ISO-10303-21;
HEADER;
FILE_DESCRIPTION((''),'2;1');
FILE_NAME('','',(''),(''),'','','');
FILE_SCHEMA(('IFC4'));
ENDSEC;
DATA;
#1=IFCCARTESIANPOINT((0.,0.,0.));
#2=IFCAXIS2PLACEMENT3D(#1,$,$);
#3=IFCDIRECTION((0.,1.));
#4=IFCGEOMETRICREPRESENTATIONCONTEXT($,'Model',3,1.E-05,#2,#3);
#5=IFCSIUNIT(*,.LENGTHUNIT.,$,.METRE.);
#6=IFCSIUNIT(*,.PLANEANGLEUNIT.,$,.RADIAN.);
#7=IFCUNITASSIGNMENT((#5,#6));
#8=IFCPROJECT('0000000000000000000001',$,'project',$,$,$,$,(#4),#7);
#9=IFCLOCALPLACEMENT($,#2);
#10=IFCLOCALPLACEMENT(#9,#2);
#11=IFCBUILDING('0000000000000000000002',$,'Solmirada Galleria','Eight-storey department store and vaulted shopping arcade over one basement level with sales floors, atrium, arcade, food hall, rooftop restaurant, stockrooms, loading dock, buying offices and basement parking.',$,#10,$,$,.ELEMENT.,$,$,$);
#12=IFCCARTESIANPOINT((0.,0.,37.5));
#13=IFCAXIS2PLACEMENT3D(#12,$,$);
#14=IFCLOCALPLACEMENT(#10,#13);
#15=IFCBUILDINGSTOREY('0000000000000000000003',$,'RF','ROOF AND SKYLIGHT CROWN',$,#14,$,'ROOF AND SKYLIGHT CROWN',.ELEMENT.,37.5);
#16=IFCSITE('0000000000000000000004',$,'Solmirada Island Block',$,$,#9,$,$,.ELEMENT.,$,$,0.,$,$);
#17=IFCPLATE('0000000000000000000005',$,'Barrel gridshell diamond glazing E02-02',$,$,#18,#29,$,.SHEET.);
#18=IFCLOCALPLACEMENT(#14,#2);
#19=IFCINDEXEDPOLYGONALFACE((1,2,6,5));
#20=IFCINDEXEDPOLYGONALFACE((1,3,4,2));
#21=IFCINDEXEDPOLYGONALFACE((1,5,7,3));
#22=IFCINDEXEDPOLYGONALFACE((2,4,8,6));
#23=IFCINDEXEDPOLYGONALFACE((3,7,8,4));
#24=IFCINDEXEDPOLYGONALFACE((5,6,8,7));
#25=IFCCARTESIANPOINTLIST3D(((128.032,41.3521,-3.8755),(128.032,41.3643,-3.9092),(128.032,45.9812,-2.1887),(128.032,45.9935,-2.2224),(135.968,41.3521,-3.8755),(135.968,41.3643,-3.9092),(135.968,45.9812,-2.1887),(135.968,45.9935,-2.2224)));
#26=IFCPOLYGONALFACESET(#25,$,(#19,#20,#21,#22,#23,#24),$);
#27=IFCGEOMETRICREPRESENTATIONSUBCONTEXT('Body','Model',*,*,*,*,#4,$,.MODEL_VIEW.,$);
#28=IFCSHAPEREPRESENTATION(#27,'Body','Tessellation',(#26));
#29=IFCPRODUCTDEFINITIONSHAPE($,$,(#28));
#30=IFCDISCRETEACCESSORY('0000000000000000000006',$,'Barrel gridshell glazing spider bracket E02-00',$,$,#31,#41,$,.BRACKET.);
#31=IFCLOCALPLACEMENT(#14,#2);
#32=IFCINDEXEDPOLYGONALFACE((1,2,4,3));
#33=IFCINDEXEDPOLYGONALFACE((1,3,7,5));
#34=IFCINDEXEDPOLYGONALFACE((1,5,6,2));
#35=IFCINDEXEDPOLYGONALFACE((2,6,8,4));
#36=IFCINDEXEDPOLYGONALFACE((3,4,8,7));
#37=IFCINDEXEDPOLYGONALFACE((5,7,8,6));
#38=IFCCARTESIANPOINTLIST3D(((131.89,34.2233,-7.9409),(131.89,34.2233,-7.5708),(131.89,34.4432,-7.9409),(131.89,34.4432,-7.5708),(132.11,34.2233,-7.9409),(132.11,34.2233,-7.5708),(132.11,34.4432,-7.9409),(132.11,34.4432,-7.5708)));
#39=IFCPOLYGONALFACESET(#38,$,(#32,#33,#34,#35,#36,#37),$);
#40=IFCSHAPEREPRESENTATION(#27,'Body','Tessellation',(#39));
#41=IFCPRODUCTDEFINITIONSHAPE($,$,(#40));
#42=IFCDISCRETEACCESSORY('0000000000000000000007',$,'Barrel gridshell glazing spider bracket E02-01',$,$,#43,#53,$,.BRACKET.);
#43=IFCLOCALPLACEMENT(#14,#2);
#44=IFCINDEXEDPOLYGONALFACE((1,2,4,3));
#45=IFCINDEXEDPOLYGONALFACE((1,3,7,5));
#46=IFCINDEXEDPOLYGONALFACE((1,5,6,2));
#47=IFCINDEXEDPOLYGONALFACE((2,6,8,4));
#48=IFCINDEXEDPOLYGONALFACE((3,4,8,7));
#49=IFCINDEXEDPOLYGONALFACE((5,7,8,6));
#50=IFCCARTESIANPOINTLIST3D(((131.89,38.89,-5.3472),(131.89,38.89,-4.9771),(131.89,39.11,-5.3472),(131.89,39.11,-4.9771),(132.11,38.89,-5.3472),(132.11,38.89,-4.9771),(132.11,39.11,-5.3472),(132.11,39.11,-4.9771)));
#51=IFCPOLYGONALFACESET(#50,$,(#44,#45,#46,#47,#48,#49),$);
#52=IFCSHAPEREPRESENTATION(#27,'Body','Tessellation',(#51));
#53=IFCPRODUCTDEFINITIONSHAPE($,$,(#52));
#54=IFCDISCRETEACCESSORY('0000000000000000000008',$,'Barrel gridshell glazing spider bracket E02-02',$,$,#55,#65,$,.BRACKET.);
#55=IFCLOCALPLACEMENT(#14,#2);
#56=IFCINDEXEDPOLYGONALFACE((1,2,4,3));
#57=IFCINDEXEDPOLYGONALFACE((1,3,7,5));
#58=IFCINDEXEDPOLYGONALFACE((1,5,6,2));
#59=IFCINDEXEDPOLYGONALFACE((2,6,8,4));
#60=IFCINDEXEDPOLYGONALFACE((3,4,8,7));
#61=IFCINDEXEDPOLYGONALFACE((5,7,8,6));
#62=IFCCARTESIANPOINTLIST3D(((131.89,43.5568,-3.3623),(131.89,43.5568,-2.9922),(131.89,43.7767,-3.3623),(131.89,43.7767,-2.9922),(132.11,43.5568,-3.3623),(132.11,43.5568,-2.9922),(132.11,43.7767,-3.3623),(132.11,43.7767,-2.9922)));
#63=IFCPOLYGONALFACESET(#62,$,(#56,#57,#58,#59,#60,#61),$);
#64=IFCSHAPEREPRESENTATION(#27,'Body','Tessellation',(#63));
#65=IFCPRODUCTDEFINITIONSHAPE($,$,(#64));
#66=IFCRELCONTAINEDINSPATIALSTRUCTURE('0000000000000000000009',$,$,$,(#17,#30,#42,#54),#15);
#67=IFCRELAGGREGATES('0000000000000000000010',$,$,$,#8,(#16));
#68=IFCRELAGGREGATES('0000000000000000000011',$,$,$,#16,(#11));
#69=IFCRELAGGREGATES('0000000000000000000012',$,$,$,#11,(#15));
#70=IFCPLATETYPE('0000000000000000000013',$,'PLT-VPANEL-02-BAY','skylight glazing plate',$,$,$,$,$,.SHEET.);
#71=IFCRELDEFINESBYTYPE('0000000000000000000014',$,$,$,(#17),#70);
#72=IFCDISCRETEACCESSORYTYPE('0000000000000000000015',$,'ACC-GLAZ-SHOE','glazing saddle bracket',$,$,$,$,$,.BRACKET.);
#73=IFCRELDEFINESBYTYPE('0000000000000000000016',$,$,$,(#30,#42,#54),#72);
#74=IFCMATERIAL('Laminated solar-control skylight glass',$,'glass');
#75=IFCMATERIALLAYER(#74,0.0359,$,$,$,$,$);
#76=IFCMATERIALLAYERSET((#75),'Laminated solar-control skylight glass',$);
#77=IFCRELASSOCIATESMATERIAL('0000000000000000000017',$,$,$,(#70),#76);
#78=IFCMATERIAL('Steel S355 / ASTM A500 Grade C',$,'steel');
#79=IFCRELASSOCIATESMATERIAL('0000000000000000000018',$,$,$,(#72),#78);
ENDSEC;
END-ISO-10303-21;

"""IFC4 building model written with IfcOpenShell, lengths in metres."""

from ifc_helpers import new_model, si_unit, direction, frame, origin, origin_2d, place, context, subcontext, project, spatial, polyline, rectangle, outline, extrude, material, layer, layer_set, type_object, element, save


model = new_model("IFC4")

# Units and contexts
model_context = context("Model", 3, precision=1e-05, world=origin(), true_north=direction((0.0, 1.0)))
body_context = subcontext(model_context, "Body", "Model", "MODEL_VIEW")
ifc_project = project(units=[si_unit("LENGTHUNIT", "METRE"), si_unit("PLANEANGLEUNIT", "RADIAN")], contexts=[model_context])

# Site, building, storey
site_placement = place(None, origin())
site = spatial("IfcSite", under=ifc_project, at=site_placement, Name="Solmirada Island Block", CompositionType="ELEMENT", RefElevation=0.0)
building_placement = place(site_placement, origin())
building = spatial("IfcBuilding", under=site, at=building_placement, Name="Solmirada Galleria", Description="Eight-storey department store and vaulted shopping arcade over one basement level with sales floors, atrium, arcade, food hall, rooftop restaurant, stockrooms, loading dock, buying offices and basement parking.", CompositionType="ELEMENT")
storey_placement = place(building_placement, frame((0.0, 0.0, 37.5)))
storey = spatial("IfcBuildingStorey", under=building, at=storey_placement, Name="RF", Description="ROOF AND SKYLIGHT CROWN", LongName="ROOF AND SKYLIGHT CROWN", CompositionType="ELEMENT", Elevation=37.5)

# Shared definitions
ifc_material_1 = material(Name="Steel S355 / ASTM A500 Grade C", Category="steel")

# Plate
ifc_material_2 = material(Name="Laminated solar-control skylight glass", Category="glass")
ifc_layer_1 = layer(ifc_material_2, 0.0359)
ifc_layer_set_1 = layer_set([ifc_layer_1], Name="Laminated solar-control skylight glass")
plate_type_1 = type_object("IfcPlateType", Name="PLT-VPANEL-02-BAY", Description="skylight glazing plate", PredefinedType="SHEET", material=ifc_layer_set_1)
plate_1_placement = place(storey_placement, frame((128.032, 41.3521, -3.8755), z_axis=(0.0, -0.34236, 0.939569), x_axis=(1.0, 0.0, 0.0)))
element("IfcPlate", 1, at=plate_1_placement, inside=storey, type_object=plate_type_1, Name="Barrel gridshell diamond glazing E02-02", PredefinedType="SHEET", context=body_context, shape_type="SweptSolid", body=[
    extrude(outline(polyline([(0.0, 0.0), (7.936, 0.0), (7.936, 4.9269), (0.0, 4.9269), (0.0, 0.0)])), origin(), (0.0, 0.0, -1.0), 0.0359),
])

# Discrete accessories
discrete_accessory_type = type_object("IfcDiscreteAccessoryType", Name="ACC-GLAZ-SHOE", Description="glazing saddle bracket", PredefinedType="BRACKET", material=ifc_material_1)
for number, where, z_axis, x_axis, name in (
    (2, (132.0, 34.3333, -7.9409), (0.0, 0.0, 1.0), (1.0, 0.0, 0.0), "Barrel gridshell glazing spider bracket E02-00"),
    (3, (132.0, 39.0, -5.3472), (0.0, 0.0, 1.0), (1.0, 0.0, 0.0), "Barrel gridshell glazing spider bracket E02-01"),
    (4, (132.0, 43.6667, -3.3623), (0.0, 0.0, 1.0), (1.0, 0.0, 0.0), "Barrel gridshell glazing spider bracket E02-02"),
):
    element("IfcDiscreteAccessory", number, at=place(storey_placement, frame(where, z_axis=z_axis, x_axis=x_axis)), inside=storey, type_object=discrete_accessory_type, Name=name, PredefinedType="BRACKET", context=body_context, shape_type="SweptSolid", body=[
        extrude(rectangle(XDim=0.22, YDim=0.22, at=origin_2d()), origin(), (0.0, 0.0, 1.0), 0.3701),
    ])

save(model, "model.ifc")
